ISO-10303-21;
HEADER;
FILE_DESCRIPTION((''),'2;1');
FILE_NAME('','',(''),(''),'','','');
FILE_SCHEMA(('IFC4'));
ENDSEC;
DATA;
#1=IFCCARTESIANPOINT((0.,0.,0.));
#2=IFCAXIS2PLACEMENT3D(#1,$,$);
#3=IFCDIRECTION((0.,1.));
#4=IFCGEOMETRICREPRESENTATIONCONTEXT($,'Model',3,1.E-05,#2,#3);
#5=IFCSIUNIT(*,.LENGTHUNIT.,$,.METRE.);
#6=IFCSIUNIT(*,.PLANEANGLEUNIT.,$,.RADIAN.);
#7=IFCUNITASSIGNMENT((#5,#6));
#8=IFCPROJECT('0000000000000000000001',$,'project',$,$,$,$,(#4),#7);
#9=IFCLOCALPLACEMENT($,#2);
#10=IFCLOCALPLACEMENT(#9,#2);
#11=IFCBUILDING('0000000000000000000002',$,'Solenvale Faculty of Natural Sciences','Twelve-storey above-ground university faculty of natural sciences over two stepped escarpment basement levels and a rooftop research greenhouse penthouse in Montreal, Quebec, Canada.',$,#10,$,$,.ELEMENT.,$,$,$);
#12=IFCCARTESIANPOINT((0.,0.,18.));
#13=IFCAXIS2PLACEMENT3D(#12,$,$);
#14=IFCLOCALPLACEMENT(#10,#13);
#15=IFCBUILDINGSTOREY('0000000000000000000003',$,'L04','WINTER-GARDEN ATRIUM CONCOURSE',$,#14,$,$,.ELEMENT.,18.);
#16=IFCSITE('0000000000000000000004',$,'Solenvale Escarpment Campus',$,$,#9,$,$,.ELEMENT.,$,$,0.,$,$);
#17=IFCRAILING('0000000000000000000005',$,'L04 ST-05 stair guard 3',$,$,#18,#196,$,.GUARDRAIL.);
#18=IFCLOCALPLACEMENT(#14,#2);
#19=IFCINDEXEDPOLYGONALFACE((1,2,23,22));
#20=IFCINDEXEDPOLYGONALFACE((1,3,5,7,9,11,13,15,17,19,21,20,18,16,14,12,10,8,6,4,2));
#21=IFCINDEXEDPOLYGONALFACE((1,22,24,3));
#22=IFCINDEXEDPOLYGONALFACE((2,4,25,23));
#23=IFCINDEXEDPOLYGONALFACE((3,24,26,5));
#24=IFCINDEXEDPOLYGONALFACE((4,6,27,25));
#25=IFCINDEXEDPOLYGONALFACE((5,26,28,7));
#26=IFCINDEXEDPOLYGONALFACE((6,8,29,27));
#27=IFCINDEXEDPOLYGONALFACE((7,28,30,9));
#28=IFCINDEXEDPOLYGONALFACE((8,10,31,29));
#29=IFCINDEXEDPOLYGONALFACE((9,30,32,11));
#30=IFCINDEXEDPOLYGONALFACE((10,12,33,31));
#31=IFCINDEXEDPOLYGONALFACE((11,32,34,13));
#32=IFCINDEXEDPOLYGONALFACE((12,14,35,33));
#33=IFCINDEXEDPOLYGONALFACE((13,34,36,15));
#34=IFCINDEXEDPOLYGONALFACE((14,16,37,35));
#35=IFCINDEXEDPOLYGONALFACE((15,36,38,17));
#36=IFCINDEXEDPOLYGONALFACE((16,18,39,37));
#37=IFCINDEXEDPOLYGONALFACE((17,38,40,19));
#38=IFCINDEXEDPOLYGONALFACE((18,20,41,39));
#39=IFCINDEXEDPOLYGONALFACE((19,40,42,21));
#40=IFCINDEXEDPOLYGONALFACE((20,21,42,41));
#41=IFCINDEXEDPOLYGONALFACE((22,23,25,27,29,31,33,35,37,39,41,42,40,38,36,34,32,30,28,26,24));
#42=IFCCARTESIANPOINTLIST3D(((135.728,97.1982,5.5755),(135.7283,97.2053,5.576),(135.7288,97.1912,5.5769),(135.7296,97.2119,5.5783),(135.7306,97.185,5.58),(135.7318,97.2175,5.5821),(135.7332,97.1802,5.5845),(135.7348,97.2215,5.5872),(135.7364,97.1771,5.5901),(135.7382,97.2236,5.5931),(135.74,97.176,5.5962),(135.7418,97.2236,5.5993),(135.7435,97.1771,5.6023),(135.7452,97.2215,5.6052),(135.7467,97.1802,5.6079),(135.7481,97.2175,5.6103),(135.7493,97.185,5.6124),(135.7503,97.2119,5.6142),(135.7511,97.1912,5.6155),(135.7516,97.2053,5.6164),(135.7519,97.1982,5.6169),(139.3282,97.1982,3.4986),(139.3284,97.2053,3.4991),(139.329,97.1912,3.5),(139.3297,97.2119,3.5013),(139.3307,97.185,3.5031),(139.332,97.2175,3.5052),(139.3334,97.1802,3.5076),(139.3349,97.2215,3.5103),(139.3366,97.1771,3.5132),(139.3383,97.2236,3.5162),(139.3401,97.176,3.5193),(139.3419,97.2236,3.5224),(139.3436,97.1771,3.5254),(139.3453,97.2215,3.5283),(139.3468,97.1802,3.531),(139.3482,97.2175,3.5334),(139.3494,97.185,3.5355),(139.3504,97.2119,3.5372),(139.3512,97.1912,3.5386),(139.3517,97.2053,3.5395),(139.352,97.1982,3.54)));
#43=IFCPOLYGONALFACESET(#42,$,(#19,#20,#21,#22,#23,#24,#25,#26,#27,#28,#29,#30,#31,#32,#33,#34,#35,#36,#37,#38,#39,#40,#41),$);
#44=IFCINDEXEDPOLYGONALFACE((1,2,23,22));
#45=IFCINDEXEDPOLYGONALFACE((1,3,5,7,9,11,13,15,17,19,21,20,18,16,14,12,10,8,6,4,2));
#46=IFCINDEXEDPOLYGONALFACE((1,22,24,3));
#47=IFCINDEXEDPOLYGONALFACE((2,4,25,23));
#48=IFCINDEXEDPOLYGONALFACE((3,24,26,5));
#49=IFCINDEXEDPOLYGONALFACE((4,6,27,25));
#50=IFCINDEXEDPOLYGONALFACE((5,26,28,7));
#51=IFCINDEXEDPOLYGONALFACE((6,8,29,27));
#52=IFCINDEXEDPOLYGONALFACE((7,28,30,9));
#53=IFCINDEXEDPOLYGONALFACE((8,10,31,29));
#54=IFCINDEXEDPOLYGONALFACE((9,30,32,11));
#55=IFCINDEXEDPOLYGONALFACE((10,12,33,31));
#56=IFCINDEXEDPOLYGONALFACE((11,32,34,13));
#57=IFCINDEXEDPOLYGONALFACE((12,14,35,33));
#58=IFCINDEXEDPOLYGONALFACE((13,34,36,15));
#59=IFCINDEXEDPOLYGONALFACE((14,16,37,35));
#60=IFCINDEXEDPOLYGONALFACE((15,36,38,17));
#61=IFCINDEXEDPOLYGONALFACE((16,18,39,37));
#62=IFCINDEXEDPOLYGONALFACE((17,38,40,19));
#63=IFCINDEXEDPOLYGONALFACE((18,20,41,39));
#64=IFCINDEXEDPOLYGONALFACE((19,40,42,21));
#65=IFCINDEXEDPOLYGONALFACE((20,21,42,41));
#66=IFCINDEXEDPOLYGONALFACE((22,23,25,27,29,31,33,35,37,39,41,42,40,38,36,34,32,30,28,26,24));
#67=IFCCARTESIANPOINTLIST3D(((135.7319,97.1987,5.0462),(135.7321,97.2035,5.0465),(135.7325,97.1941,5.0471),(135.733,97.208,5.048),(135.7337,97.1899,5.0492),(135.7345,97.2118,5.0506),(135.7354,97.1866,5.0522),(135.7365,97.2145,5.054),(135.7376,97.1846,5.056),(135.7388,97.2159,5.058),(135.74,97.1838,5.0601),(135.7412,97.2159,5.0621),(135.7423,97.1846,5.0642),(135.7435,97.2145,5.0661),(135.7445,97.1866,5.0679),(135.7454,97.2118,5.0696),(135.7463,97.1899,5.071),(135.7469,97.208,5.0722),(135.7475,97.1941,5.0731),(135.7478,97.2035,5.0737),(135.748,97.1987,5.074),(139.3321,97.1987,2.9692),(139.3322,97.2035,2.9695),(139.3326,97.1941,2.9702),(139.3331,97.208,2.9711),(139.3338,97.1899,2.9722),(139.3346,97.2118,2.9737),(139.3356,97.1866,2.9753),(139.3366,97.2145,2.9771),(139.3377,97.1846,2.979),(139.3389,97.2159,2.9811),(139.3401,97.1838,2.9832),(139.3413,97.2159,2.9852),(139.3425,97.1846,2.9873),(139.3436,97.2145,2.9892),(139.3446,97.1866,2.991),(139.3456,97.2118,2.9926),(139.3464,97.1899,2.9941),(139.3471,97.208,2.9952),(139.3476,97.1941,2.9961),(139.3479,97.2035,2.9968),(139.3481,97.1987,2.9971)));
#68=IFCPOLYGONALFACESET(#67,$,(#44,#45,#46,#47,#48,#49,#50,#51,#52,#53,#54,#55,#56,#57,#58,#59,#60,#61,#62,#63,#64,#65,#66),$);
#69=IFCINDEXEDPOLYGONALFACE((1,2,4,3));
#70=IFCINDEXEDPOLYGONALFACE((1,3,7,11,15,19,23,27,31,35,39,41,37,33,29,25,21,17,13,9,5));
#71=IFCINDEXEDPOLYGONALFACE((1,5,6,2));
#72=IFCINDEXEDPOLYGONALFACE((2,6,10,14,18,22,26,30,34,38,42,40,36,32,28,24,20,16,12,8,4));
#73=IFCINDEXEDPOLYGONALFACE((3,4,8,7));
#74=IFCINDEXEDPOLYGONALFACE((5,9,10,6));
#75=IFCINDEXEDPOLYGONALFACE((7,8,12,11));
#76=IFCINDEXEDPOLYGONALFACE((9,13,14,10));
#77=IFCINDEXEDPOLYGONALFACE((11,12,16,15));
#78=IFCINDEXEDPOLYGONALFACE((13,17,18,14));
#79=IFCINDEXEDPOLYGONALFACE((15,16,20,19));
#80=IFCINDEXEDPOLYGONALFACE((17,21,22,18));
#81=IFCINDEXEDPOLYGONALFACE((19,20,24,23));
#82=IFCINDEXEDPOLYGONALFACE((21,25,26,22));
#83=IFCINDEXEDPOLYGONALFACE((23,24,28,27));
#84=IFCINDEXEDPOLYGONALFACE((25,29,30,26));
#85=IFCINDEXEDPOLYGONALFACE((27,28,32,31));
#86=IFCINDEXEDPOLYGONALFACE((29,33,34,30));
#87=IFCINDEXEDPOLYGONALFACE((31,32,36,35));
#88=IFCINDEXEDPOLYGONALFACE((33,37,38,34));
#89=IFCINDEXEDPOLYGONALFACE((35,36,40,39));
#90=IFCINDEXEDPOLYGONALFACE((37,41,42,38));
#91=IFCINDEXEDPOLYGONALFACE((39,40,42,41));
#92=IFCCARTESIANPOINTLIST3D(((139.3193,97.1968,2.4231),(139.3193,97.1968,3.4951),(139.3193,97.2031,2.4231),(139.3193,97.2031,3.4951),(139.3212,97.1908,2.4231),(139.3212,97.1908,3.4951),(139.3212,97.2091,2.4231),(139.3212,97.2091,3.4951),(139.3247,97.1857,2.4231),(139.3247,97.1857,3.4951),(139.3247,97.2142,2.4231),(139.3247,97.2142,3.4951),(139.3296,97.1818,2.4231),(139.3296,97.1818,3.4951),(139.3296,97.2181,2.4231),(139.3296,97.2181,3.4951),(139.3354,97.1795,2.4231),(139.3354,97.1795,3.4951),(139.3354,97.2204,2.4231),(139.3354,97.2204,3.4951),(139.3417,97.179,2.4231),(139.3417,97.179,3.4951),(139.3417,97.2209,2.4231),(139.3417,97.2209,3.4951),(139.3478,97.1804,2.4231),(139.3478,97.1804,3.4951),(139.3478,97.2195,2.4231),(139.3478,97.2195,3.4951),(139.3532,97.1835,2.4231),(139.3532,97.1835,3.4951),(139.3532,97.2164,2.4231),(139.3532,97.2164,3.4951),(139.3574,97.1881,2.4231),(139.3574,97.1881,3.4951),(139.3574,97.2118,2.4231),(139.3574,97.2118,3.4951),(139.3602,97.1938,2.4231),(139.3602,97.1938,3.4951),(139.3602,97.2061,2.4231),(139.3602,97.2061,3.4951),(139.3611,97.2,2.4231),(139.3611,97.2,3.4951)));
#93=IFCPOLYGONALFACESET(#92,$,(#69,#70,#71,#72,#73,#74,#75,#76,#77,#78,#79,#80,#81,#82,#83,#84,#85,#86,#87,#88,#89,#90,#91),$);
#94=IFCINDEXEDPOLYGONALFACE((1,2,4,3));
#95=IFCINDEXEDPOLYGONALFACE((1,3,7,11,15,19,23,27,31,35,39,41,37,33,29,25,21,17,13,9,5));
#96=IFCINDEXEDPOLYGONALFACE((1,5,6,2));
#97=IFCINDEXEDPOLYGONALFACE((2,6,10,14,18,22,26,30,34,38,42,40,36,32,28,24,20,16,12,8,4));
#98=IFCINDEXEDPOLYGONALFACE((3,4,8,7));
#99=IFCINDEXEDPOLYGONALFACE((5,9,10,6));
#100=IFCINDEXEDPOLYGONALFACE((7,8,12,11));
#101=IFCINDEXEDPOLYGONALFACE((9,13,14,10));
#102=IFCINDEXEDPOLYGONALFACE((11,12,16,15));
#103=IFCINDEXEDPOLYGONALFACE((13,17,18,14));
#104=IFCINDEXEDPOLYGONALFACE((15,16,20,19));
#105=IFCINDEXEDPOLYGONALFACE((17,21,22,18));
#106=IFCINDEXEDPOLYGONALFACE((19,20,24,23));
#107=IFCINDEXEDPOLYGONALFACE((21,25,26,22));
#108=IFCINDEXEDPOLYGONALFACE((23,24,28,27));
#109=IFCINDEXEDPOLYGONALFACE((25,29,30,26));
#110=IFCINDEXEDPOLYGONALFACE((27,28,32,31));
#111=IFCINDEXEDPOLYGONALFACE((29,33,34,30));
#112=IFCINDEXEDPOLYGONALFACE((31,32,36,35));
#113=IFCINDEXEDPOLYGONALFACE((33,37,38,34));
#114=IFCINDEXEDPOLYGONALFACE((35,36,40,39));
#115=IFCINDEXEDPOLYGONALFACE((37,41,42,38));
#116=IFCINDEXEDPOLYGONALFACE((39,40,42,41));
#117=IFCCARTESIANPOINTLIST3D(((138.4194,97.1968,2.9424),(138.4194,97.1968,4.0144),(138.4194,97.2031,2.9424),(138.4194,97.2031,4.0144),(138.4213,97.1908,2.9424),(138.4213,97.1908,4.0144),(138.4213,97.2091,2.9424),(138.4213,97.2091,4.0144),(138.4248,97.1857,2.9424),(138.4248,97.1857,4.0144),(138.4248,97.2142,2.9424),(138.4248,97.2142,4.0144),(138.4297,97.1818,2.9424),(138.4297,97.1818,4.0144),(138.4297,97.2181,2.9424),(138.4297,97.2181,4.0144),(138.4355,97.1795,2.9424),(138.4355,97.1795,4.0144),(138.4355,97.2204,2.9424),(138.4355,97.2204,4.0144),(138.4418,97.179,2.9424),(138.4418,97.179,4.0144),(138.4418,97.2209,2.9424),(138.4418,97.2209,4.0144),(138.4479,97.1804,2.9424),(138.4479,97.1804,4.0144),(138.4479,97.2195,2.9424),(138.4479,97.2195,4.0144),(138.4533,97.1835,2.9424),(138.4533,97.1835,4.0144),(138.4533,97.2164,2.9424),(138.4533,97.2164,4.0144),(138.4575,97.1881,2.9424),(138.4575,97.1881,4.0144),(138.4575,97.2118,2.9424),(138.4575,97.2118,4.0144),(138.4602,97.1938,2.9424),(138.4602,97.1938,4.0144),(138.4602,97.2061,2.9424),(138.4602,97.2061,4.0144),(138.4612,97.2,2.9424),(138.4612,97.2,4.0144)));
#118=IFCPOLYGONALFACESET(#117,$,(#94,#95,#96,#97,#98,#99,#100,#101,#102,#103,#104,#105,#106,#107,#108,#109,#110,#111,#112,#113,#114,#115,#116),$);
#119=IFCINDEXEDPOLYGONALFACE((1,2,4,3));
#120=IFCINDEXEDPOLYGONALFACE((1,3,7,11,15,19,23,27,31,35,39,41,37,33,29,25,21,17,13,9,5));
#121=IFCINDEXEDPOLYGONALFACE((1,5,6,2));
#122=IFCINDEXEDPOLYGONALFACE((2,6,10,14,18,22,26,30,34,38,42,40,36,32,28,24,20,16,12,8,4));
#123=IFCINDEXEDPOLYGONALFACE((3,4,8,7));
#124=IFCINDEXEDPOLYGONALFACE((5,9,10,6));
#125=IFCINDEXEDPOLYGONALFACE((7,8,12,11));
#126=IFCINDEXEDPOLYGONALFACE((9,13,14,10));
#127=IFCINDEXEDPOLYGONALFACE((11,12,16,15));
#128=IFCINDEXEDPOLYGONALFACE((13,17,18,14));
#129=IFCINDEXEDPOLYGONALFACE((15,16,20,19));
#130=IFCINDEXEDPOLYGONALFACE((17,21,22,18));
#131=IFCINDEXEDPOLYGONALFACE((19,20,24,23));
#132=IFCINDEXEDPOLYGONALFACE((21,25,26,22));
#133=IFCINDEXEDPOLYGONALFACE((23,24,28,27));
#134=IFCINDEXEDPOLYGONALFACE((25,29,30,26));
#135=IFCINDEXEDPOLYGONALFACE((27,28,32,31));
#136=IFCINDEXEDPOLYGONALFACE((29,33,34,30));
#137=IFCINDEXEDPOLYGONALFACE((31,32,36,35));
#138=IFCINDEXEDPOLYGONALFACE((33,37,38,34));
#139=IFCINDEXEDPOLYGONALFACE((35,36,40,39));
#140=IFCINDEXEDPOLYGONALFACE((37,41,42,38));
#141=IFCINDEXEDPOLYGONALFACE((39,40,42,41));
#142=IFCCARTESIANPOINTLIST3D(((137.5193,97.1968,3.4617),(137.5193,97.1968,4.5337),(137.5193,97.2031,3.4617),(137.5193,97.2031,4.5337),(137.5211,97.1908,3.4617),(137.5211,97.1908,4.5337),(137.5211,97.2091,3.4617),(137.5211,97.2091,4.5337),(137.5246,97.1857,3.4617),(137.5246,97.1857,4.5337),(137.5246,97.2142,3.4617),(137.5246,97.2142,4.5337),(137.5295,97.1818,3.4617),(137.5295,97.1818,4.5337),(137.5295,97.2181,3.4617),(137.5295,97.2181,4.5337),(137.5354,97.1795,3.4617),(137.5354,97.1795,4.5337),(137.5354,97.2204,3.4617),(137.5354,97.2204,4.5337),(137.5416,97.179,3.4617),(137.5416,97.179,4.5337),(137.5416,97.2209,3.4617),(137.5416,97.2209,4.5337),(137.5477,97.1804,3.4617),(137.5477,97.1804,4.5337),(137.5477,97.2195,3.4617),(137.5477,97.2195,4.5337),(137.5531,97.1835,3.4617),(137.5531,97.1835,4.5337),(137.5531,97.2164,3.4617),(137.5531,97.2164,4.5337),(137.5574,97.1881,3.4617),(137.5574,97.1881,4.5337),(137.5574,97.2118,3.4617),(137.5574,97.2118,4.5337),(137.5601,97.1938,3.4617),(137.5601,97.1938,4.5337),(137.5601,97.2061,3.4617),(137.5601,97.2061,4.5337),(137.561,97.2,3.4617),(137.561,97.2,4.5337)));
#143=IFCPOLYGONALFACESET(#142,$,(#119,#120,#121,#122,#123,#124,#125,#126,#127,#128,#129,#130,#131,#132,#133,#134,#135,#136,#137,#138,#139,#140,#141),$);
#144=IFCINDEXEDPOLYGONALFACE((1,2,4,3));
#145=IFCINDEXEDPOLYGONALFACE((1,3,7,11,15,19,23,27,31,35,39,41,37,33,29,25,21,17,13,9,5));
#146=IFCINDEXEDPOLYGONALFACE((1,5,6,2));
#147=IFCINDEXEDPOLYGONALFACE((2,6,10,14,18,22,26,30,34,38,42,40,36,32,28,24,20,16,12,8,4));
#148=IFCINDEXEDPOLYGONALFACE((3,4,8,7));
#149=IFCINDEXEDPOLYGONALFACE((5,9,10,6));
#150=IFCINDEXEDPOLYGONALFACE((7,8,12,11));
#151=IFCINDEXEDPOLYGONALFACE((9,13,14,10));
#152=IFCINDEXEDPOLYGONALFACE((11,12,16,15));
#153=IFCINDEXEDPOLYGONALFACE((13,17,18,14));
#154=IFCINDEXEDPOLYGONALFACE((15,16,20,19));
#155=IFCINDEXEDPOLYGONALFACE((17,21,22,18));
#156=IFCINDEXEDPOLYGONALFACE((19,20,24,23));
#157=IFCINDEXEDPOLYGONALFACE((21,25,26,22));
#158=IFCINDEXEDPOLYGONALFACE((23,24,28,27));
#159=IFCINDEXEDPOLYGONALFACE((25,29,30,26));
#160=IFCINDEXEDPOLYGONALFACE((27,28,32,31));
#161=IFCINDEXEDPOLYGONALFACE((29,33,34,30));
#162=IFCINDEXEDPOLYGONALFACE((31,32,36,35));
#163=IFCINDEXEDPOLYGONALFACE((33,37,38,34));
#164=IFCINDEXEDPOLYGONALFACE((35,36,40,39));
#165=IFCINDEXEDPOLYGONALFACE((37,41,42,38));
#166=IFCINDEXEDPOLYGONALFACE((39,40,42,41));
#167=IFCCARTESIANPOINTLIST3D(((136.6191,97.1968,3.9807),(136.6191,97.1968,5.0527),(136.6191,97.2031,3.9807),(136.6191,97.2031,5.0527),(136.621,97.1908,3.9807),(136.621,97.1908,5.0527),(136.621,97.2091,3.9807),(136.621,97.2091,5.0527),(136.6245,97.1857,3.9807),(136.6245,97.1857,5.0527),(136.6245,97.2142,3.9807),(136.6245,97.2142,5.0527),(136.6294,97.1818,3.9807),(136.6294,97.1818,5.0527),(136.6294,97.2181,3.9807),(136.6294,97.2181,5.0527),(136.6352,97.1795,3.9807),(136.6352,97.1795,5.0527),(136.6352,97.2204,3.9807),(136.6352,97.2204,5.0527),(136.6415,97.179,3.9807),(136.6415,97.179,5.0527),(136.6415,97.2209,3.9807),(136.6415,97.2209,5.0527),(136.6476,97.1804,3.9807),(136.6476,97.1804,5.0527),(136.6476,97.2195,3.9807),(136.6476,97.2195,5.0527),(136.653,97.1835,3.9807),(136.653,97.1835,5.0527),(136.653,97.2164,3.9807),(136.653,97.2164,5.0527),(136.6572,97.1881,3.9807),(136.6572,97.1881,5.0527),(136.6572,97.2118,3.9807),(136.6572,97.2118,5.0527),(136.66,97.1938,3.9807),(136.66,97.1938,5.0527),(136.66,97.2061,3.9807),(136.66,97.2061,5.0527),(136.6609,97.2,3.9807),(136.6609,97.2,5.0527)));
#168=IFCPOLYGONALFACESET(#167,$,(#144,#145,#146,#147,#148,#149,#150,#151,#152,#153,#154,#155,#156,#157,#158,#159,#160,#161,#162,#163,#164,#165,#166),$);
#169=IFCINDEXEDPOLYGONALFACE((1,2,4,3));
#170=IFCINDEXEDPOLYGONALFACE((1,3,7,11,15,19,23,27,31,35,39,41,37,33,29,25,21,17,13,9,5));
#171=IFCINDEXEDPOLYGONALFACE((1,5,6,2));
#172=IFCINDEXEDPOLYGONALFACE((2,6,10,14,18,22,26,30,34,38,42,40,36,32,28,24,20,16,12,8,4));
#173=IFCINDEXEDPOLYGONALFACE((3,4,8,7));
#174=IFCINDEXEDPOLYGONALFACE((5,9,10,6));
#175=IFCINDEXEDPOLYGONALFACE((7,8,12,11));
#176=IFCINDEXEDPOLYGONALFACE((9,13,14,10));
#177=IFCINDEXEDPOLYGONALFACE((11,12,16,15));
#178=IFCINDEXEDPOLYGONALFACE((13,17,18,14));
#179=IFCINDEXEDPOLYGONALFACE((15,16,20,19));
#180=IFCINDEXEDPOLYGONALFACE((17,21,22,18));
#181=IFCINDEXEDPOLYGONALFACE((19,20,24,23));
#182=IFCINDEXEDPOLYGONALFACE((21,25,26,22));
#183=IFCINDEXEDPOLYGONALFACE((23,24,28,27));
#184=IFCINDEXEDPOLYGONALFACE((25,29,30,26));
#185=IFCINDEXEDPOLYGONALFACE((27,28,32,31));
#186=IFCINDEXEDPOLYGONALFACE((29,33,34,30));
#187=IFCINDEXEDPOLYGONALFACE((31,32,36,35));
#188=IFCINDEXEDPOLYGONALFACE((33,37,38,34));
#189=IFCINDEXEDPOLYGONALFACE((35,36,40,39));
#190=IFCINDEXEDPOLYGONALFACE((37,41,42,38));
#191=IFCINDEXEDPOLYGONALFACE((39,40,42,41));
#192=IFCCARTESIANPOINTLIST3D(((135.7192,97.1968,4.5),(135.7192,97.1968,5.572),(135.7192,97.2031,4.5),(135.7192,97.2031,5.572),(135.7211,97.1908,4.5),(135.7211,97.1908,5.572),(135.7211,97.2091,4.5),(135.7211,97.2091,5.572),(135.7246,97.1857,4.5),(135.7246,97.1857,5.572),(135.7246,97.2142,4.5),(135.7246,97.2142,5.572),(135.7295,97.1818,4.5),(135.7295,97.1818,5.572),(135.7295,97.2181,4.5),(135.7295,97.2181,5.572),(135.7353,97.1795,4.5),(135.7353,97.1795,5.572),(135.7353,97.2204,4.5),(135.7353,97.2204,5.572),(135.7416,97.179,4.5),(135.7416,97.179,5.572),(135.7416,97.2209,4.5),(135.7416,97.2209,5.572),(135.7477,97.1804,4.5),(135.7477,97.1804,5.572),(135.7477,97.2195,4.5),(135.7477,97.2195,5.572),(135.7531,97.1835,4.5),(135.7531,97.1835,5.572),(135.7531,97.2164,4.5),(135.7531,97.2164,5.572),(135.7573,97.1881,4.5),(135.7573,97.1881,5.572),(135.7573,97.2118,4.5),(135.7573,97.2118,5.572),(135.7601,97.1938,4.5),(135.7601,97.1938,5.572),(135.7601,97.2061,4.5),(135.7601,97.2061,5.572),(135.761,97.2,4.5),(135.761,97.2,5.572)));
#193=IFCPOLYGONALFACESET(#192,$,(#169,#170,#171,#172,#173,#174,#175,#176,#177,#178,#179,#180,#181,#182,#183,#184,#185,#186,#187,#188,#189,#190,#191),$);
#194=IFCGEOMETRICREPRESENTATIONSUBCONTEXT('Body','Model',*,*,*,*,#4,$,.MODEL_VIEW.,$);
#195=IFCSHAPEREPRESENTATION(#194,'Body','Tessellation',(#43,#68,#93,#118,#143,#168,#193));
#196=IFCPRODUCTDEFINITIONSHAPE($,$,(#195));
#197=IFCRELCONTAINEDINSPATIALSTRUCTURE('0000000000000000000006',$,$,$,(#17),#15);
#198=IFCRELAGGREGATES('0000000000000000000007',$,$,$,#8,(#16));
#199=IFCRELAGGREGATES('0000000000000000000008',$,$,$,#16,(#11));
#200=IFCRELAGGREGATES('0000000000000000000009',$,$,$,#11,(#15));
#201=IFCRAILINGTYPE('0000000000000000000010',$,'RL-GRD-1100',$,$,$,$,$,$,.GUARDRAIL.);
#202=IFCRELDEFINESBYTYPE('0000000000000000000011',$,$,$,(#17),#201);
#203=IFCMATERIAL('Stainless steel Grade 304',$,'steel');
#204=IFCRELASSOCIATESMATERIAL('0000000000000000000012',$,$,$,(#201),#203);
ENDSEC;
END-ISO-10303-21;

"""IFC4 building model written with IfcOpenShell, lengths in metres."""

from ifc_helpers import new_model, si_unit, direction, frame, origin, origin_2d, place, context, subcontext, project, spatial, circle, extrude, material, type_object, element, save


model = new_model("IFC4")

# Units and contexts
model_context = context("Model", 3, precision=1e-05, world=origin(), true_north=direction((0.0, 1.0)))
body_context = subcontext(model_context, "Body", "Model", "MODEL_VIEW")
ifc_project = project(units=[si_unit("LENGTHUNIT", "METRE"), si_unit("PLANEANGLEUNIT", "RADIAN")], contexts=[model_context])

# Site, building, storey
site_placement = place(None, origin())
site = spatial("IfcSite", under=ifc_project, at=site_placement, Name="Solenvale Escarpment Campus", CompositionType="ELEMENT", RefElevation=0.0)
building_placement = place(site_placement, origin())
building = spatial("IfcBuilding", under=site, at=building_placement, Name="Solenvale Faculty of Natural Sciences", Description="Twelve-storey above-ground university faculty of natural sciences over two stepped escarpment basement levels and a rooftop research greenhouse penthouse in Montreal, Quebec, Canada.", CompositionType="ELEMENT")
storey_placement = place(building_placement, frame((0.0, 0.0, 18.0)))
storey = spatial("IfcBuildingStorey", under=building, at=storey_placement, Name="L04", Description="WINTER-GARDEN ATRIUM CONCOURSE", CompositionType="ELEMENT", Elevation=18.0)

# Shared definitions
ifc_material_1 = material(Name="Stainless steel Grade 304", Category="steel")

# Railing
railing_type_1 = type_object("IfcRailingType", Name="RL-GRD-1100", PredefinedType="GUARDRAIL", material=ifc_material_1)
railing_1_placement = place(storey_placement, frame((139.3401, 97.2, 2.4231)))
element("IfcRailing", 1, at=railing_1_placement, inside=storey, type_object=railing_type_1, Name="L04 ST-05 stair guard 3", PredefinedType="GUARDRAIL", context=body_context, shape_type="SweptSolid", body=[
    extrude(circle(Radius=0.0239, at=origin_2d()), frame((0.0, 0.0, 1.0962), z_axis=(-0.866193, 0.0, 0.499709), x_axis=(0.0, -1.0, 0.0)), (0.0, 0.0, 1.0), 4.1562),
    extrude(circle(Radius=0.0161, at=origin_2d()), frame((0.0, 0.0, 0.5601), z_axis=(-0.866193, 0.0, 0.499709), x_axis=(0.0, -1.0, 0.0)), (0.0, 0.0, 1.0), 4.1562),
    extrude(circle(Radius=0.021, at=origin_2d()), origin(), (0.0, 0.0, 1.0), 1.072),
    extrude(circle(Radius=0.021, at=origin_2d()), frame((-0.8999, 0.0, 0.5193)), (0.0, 0.0, 1.0), 1.072),
    extrude(circle(Radius=0.021, at=origin_2d()), frame((-1.8, 0.0, 1.0386)), (0.0, 0.0, 1.0), 1.072),
    extrude(circle(Radius=0.021, at=origin_2d()), frame((-2.7002, 0.0, 1.5576)), (0.0, 0.0, 1.0), 1.072),
    extrude(circle(Radius=0.021, at=origin_2d()), frame((-3.6001, 0.0, 2.0769)), (0.0, 0.0, 1.0), 1.072),
])

save(model, "model.ifc")
